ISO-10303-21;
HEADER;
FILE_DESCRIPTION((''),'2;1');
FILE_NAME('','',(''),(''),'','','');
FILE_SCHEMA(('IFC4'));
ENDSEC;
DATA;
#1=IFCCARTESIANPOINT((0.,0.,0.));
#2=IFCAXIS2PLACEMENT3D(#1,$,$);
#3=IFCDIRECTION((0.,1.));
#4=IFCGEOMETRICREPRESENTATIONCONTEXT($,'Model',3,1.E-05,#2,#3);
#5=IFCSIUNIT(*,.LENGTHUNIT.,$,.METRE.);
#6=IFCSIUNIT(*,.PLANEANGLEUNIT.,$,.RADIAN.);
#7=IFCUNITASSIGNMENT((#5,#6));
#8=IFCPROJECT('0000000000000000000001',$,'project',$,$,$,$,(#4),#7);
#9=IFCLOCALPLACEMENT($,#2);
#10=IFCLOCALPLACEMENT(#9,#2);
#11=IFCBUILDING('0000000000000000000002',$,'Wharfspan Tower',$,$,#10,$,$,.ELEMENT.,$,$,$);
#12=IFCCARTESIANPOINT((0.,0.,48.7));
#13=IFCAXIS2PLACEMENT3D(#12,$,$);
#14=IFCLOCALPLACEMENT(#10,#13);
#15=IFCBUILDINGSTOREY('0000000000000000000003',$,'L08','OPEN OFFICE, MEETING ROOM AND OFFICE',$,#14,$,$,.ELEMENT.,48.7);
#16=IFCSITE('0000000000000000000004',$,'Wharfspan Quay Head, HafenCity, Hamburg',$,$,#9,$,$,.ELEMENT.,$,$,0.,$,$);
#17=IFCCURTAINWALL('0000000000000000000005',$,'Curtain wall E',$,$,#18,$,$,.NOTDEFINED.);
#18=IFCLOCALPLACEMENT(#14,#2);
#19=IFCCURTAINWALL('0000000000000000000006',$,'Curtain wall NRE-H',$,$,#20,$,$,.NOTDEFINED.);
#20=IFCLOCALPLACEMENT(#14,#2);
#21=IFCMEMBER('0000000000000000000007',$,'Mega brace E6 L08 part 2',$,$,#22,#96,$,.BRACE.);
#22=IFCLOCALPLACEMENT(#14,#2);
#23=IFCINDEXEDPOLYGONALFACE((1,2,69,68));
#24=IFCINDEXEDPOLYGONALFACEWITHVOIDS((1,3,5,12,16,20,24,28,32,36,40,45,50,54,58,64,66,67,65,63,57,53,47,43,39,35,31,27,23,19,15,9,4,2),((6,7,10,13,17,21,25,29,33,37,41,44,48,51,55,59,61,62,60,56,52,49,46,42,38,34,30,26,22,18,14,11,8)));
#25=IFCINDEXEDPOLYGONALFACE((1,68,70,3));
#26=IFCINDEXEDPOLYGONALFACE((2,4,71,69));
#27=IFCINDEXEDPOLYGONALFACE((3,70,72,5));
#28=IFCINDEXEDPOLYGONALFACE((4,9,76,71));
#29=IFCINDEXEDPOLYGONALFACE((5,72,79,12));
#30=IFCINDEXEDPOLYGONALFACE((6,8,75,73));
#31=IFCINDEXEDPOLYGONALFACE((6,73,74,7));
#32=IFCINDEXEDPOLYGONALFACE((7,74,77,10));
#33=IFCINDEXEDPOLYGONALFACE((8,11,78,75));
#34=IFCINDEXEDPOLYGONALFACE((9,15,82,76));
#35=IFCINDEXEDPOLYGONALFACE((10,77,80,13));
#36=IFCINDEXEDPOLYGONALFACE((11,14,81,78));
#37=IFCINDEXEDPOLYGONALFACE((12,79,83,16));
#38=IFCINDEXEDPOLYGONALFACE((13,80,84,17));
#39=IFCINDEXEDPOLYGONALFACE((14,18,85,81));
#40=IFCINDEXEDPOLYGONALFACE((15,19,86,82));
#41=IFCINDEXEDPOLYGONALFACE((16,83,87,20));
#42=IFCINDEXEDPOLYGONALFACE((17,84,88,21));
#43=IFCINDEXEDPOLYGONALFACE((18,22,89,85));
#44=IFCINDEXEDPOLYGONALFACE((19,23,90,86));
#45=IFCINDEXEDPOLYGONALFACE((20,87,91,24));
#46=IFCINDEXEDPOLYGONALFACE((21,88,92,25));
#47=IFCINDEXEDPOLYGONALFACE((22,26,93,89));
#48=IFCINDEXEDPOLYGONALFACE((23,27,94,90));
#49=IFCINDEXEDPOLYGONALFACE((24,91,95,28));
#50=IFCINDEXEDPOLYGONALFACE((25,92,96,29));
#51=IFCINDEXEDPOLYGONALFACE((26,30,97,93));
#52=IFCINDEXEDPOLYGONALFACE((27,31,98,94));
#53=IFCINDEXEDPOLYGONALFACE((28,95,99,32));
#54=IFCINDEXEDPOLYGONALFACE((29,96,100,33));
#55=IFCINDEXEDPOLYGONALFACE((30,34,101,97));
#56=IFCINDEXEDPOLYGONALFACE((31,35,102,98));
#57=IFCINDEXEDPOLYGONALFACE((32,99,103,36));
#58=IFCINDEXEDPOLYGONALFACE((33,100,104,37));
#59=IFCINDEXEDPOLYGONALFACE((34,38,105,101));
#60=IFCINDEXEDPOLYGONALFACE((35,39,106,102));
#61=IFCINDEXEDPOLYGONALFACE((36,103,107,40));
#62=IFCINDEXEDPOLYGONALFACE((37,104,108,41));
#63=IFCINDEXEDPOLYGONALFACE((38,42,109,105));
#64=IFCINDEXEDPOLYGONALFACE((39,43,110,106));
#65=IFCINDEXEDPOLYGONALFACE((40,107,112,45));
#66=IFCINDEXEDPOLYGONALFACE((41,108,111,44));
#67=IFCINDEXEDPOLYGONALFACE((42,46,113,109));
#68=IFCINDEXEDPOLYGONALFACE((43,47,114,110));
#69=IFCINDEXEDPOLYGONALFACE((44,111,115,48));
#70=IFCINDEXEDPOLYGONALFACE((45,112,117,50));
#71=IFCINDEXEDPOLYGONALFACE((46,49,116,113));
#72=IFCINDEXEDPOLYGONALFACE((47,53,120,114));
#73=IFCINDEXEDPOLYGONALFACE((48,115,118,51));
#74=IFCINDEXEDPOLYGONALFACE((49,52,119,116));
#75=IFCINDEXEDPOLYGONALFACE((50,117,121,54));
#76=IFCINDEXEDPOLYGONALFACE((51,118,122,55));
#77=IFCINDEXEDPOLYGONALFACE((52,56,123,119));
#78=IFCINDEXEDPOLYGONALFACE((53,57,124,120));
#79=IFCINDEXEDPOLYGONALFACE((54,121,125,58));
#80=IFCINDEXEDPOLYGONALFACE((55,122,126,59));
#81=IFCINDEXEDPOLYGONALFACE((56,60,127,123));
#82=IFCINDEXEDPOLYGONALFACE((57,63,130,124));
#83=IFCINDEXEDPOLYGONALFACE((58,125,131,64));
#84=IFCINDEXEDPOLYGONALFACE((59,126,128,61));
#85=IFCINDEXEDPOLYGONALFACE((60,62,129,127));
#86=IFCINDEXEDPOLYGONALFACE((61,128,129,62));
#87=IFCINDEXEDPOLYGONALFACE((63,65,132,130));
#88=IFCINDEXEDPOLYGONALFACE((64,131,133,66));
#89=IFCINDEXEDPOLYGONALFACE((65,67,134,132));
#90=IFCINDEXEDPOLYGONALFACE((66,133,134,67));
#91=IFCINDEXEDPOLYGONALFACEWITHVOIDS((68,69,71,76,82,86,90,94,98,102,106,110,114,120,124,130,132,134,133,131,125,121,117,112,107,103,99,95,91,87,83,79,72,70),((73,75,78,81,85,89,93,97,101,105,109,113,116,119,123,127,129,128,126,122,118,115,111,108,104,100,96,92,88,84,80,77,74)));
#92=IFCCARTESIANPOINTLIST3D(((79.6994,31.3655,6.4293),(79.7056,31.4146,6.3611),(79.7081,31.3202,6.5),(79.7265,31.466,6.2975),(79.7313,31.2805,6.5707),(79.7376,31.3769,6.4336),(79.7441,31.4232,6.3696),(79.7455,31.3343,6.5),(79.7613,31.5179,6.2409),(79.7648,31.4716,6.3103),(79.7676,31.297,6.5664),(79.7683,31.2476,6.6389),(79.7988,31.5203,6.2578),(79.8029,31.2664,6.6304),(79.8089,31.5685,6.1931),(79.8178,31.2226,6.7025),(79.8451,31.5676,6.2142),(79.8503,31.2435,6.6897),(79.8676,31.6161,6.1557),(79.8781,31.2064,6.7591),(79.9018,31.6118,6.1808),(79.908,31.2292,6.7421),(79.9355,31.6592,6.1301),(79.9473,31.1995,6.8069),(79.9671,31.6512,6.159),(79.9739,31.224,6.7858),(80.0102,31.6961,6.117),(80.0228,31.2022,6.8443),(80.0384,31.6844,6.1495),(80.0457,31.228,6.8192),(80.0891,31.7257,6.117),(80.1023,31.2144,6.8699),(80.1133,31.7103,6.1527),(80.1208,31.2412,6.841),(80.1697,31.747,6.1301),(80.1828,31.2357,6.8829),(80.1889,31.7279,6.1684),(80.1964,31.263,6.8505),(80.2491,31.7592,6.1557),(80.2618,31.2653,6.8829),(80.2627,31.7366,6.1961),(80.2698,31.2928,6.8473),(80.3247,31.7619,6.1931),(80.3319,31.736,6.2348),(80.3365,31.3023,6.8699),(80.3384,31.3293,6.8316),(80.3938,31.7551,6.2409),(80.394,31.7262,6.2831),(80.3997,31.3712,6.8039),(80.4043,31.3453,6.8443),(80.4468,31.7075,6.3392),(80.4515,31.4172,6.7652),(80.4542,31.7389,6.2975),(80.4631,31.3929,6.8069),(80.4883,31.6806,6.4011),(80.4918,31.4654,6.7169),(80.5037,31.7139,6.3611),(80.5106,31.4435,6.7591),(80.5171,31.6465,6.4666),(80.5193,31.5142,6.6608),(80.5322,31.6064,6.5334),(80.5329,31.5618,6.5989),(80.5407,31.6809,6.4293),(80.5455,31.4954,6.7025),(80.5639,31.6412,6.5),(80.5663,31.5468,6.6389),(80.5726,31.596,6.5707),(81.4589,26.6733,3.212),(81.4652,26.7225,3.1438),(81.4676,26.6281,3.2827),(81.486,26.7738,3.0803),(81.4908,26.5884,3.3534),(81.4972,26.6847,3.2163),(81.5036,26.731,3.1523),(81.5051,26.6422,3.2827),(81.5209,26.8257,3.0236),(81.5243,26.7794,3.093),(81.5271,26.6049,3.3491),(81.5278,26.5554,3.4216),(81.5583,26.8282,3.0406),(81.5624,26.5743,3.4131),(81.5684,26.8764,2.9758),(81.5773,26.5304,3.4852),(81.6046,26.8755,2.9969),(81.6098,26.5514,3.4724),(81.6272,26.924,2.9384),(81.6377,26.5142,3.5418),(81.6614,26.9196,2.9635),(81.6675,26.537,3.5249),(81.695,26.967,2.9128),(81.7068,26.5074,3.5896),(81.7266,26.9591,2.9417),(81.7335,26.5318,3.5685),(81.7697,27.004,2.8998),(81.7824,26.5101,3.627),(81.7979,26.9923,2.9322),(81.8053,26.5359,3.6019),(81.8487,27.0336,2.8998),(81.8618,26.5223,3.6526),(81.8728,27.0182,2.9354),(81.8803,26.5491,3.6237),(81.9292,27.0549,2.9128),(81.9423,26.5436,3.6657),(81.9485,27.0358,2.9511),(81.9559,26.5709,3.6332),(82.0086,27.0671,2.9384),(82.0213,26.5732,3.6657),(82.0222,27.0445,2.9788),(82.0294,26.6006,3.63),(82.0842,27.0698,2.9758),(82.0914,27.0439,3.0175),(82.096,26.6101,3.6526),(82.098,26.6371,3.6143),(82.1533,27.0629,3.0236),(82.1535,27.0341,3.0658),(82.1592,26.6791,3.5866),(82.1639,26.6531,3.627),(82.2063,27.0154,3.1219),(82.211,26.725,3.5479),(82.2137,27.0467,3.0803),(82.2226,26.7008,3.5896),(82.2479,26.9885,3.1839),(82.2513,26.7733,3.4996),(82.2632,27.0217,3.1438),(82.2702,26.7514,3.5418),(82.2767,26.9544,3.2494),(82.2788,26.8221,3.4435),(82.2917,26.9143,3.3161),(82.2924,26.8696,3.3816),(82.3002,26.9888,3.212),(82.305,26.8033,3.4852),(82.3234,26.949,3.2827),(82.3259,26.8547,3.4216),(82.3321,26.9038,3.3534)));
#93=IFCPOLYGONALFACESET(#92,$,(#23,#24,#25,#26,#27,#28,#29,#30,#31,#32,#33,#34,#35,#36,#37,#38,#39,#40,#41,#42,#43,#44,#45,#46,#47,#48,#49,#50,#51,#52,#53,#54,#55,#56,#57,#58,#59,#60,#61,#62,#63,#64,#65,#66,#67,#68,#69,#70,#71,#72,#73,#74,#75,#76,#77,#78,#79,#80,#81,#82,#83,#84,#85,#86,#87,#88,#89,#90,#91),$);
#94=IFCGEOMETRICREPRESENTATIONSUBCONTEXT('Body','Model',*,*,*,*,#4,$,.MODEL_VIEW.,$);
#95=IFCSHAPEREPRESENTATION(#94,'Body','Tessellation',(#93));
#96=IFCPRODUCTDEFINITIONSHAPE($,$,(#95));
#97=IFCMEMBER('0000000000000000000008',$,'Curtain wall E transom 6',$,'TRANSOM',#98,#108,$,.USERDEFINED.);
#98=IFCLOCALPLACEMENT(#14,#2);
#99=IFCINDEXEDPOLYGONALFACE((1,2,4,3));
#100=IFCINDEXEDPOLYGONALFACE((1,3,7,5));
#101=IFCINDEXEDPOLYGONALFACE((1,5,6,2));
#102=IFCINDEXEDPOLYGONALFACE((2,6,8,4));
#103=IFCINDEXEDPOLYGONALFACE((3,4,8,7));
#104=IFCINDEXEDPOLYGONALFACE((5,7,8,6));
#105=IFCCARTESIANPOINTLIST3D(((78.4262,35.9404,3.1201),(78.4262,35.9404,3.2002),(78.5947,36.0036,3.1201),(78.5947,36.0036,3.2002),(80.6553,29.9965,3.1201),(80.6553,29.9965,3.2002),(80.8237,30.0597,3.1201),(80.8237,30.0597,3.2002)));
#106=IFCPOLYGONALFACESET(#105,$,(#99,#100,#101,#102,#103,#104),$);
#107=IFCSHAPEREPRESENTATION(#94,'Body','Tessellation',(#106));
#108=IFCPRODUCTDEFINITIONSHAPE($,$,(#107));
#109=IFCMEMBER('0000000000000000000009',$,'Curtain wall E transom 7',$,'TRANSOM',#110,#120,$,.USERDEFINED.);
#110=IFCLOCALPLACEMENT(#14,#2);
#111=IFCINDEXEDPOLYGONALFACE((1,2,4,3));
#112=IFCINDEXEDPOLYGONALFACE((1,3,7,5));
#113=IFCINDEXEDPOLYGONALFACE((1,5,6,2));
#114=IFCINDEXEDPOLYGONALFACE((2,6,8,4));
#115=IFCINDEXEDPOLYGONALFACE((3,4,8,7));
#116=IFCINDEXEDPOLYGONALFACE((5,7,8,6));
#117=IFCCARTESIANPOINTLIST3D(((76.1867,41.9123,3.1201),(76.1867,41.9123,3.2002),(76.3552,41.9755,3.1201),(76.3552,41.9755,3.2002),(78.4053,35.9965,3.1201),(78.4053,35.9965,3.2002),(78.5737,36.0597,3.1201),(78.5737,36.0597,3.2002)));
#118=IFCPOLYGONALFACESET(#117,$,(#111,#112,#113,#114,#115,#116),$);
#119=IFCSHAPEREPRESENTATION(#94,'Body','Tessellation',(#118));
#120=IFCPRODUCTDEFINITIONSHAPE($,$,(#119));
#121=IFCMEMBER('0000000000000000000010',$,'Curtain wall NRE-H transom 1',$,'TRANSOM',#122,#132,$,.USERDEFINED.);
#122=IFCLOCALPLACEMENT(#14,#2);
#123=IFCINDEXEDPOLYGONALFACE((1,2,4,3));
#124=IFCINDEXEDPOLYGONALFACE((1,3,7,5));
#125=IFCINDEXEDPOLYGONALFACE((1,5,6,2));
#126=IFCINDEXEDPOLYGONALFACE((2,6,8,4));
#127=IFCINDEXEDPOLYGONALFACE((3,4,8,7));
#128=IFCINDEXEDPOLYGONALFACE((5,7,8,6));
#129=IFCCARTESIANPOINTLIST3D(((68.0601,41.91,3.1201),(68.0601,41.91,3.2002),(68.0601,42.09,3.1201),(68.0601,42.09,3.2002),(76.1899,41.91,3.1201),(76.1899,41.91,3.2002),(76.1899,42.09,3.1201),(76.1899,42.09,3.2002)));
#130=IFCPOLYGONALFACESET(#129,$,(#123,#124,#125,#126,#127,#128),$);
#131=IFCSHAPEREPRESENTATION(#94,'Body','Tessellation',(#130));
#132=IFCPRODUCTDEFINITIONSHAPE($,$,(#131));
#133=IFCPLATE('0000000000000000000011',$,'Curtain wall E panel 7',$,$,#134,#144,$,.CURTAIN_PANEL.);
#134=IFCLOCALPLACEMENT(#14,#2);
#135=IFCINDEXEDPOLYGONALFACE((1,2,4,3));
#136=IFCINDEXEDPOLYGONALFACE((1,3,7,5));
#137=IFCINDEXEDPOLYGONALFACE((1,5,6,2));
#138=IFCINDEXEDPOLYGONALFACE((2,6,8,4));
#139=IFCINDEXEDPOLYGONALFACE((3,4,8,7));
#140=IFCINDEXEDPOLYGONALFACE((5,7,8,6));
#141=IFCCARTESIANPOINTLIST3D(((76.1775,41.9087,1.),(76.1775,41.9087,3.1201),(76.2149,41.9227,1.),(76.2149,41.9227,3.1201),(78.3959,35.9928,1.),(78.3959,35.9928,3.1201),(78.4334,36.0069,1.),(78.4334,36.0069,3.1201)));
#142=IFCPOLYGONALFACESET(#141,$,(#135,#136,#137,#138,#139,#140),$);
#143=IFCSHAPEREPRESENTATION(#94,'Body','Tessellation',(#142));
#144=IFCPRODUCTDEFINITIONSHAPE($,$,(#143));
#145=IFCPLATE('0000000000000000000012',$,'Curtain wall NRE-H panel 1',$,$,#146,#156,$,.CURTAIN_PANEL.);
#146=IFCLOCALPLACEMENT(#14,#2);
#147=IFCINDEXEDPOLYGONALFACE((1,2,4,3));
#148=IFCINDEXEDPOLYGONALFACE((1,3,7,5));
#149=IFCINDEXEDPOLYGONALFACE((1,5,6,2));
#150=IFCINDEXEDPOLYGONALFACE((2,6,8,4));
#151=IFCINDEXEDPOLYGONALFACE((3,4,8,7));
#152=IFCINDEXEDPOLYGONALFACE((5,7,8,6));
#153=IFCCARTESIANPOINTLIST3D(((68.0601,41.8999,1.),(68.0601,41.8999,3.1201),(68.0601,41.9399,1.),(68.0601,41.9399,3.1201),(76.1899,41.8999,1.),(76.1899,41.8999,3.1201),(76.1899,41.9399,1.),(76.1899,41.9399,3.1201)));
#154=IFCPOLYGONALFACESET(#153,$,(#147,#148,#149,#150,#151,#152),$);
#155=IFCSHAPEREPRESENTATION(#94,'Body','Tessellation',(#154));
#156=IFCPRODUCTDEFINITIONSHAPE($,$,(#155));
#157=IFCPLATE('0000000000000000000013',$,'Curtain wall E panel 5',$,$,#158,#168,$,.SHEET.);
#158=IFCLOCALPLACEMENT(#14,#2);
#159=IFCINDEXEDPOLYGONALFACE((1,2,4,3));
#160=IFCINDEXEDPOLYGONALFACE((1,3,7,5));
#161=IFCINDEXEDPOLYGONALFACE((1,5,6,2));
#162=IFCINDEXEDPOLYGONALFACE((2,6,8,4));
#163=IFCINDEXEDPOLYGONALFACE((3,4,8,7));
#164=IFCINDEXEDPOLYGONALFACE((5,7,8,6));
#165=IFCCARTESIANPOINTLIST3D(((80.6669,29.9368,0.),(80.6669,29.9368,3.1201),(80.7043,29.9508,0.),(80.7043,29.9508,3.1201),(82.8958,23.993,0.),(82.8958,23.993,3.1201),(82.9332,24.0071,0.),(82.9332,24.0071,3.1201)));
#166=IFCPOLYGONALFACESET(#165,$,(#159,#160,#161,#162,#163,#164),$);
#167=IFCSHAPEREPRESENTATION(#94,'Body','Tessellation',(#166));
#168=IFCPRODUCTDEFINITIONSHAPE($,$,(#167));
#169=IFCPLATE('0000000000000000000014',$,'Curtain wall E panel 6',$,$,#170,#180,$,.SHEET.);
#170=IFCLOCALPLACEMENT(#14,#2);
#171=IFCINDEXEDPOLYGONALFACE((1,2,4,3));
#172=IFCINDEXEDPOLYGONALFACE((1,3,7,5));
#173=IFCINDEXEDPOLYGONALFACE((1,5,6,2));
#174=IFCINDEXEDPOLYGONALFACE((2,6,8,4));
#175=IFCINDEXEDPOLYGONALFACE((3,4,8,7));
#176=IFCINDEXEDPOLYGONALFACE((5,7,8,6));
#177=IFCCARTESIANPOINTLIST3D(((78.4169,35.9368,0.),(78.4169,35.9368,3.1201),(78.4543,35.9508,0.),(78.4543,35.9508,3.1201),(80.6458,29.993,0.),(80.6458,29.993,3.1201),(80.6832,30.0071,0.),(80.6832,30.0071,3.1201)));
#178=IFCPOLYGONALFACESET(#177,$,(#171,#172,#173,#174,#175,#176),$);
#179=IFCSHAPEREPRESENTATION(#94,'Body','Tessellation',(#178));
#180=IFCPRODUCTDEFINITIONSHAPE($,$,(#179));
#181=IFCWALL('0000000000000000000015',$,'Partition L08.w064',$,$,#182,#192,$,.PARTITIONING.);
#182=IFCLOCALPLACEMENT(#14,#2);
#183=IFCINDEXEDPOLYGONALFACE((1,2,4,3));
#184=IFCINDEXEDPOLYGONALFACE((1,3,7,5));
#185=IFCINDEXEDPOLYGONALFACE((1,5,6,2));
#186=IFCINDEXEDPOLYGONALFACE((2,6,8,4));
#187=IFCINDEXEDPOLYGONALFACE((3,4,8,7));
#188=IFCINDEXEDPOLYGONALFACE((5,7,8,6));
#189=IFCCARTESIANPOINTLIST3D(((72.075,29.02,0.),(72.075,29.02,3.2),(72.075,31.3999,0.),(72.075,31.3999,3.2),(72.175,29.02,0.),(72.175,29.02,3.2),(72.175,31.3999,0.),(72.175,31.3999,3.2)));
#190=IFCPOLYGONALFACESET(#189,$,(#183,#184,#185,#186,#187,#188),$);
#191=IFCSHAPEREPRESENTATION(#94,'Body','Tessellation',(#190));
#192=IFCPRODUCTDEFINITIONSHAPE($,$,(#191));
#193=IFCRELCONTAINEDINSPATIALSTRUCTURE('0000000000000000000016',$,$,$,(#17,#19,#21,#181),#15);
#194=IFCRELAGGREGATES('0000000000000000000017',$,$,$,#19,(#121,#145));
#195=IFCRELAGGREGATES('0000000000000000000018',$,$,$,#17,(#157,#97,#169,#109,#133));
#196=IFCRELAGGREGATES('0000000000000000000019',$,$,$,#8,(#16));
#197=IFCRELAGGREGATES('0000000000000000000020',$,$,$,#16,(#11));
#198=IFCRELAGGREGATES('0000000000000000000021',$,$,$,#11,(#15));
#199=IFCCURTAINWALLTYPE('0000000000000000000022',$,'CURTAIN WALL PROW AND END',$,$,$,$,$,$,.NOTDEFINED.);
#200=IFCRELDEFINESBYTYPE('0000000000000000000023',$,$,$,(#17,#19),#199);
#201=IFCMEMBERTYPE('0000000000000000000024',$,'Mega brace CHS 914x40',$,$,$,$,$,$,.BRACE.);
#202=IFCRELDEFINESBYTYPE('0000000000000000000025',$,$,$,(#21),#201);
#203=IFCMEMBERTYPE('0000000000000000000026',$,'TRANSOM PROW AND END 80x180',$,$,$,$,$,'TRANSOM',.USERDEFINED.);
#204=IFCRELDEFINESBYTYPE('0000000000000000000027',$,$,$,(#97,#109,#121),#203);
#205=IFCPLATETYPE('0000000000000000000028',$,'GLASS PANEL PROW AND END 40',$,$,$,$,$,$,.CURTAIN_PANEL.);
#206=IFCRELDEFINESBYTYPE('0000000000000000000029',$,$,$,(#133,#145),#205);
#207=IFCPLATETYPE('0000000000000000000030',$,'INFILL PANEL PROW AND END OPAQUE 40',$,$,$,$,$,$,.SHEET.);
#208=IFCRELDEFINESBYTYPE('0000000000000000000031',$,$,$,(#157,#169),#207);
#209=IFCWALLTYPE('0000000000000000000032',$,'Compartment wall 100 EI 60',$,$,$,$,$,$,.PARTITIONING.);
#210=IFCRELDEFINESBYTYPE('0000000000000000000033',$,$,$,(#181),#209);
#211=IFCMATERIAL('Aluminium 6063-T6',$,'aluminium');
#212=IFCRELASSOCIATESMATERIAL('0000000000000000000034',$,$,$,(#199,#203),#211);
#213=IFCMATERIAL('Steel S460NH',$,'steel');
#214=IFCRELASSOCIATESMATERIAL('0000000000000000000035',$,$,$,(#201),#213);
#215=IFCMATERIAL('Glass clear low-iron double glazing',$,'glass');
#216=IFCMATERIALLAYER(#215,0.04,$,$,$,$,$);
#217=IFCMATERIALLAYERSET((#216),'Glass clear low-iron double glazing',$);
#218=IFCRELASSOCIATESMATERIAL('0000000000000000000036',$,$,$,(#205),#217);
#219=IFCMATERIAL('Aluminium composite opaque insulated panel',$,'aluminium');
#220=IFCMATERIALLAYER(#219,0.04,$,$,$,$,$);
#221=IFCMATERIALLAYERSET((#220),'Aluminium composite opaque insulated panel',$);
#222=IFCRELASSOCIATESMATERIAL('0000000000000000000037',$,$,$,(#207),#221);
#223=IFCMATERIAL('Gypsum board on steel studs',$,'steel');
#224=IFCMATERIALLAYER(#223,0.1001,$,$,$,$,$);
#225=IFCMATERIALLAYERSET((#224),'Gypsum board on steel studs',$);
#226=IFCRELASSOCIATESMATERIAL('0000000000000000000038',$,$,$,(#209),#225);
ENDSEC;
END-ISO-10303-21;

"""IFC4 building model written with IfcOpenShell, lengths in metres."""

from ifc_helpers import new_model, si_unit, direction, frame, frame_2d, origin, origin_2d, place, context, subcontext, project, spatial, rectangle, hollow_circle, extrude, material, layer, layer_set, material_profile, profile_set, type_object, element, aggregate, save


model = new_model("IFC4")

# Units and contexts
model_context = context("Model", 3, precision=1e-05, world=origin(), true_north=direction((0.0, 1.0)))
body_context = subcontext(model_context, "Body", "Model", "MODEL_VIEW")
ifc_project = project(units=[si_unit("LENGTHUNIT", "METRE"), si_unit("PLANEANGLEUNIT", "RADIAN")], contexts=[model_context])

# Site, building, storey
site_placement = place(None, origin())
site = spatial("IfcSite", under=ifc_project, at=site_placement, Name="Wharfspan Quay Head, HafenCity, Hamburg", CompositionType="ELEMENT", RefElevation=0.0)
building_placement = place(site_placement, origin())
building = spatial("IfcBuilding", under=site, at=building_placement, Name="Wharfspan Tower", CompositionType="ELEMENT")
storey_placement = place(building_placement, frame((0.0, 0.0, 48.7)))
storey = spatial("IfcBuildingStorey", under=building, at=storey_placement, Name="L08", Description="OPEN OFFICE, MEETING ROOM AND OFFICE", CompositionType="ELEMENT", Elevation=48.7)

# Curtain walls
ifc_material_1 = material(Name="Aluminium 6063-T6", Category="aluminium")
curtain_wall_type = type_object("IfcCurtainWallType", Name="CURTAIN WALL PROW AND END", PredefinedType="NOTDEFINED", material=ifc_material_1)
curtain_wall_1_placement = place(storey_placement, origin())
curtain_wall_1 = element("IfcCurtainWall", 1, at=curtain_wall_1_placement, inside=storey, type_object=curtain_wall_type, Name="Curtain wall E", PredefinedType="NOTDEFINED")
curtain_wall_2_placement = place(storey_placement, origin())
curtain_wall_2 = element("IfcCurtainWall", 2, at=curtain_wall_2_placement, inside=storey, type_object=curtain_wall_type, Name="Curtain wall NRE-H", PredefinedType="NOTDEFINED")

# Members
ifc_material_2 = material(Name="Steel S460NH", Category="steel")
ifc_material_profile_1 = material_profile(ifc_material_2, hollow_circle(Radius=0.457, WallThickness=0.04, at=origin_2d()))
ifc_profile_set_1 = profile_set([ifc_material_profile_1], Name="Steel S460NH")
member_type_1 = type_object("IfcMemberType", Name="Mega brace CHS 914x40", PredefinedType="BRACE", material=ifc_profile_set_1)
member_1_placement = place(storey_placement, frame((81.8955, 26.7886, 3.2827), z_axis=(-0.295466, 0.787922, 0.540259), x_axis=(-0.936329, -0.351115, -0.000004)))
element("IfcMember", 3, at=member_1_placement, inside=storey, type_object=member_type_1, Name="Mega brace E6 L08 part 2", PredefinedType="BRACE", context=body_context, shape_type="SweptSolid", body=[
    extrude(hollow_circle(Radius=0.457, WallThickness=0.04, at=origin_2d()), origin(), (0.0, 0.0, 1.0), 5.9551),
])
ifc_material_profile_2 = material_profile(ifc_material_1, rectangle(XDim=0.1799, YDim=0.0801, at=origin_2d()))
ifc_profile_set_2 = profile_set([ifc_material_profile_2], Name="Aluminium 6063-T6")
member_type_2 = type_object("IfcMemberType", Name="TRANSOM PROW AND END 80x180", ElementType="TRANSOM", PredefinedType="USERDEFINED", material=ifc_profile_set_2)
member_2_placement = place(storey_placement, frame((80.7395, 30.0281, 3.1602), z_axis=(-0.351132, 0.936326, 0.0), x_axis=(-0.936326, -0.351132, 0.0)))
member_2 = element("IfcMember", 4, at=member_2_placement, type_object=member_type_2, Name="Curtain wall E transom 6", ObjectType="TRANSOM", PredefinedType="USERDEFINED", context=body_context, shape_type="SweptSolid", body=[
    extrude(rectangle(XDim=0.1799, YDim=0.0801, at=origin_2d()), origin(), (0.0, 0.0, 1.0), 6.3481),
])
member_3_placement = place(storey_placement, frame((78.4895, 36.0281, 3.1602), z_axis=(-0.351136, 0.936324, 0.0), x_axis=(-0.936324, -0.351136, 0.0)))
member_3 = element("IfcMember", 5, at=member_3_placement, type_object=member_type_2, Name="Curtain wall E transom 7", ObjectType="TRANSOM", PredefinedType="USERDEFINED", context=body_context, shape_type="SweptSolid", body=[
    extrude(rectangle(XDim=0.1799, YDim=0.0801, at=origin_2d()), origin(), (0.0, 0.0, 1.0), 6.3181),
])
member_4_placement = place(storey_placement, frame((76.1899, 42.0, 3.1602), z_axis=(-1.0, 0.0, 0.0), x_axis=(0.0, -1.0, 0.0)))
member_4 = element("IfcMember", 6, at=member_4_placement, type_object=member_type_2, Name="Curtain wall NRE-H transom 1", ObjectType="TRANSOM", PredefinedType="USERDEFINED", context=body_context, shape_type="SweptSolid", body=[
    extrude(rectangle(XDim=0.1799, YDim=0.0801, at=origin_2d()), origin(), (0.0, 0.0, 1.0), 8.1299),
])

# Plates
ifc_material_3 = material(Name="Glass clear low-iron double glazing", Category="glass")
ifc_layer_1 = layer(ifc_material_3, 0.04)
ifc_layer_set_1 = layer_set([ifc_layer_1], Name="Glass clear low-iron double glazing")
plate_type_1 = type_object("IfcPlateType", Name="GLASS PANEL PROW AND END 40", PredefinedType="CURTAIN_PANEL", material=ifc_layer_set_1)
plate_1_placement = place(storey_placement, frame((77.3054, 38.9578, 1.0), z_axis=(0.0, 0.0, 1.0), x_axis=(-0.351123, 0.936328, 0.0)))
plate_1 = element("IfcPlate", 7, at=plate_1_placement, type_object=plate_type_1, Name="Curtain wall E panel 7", PredefinedType="CURTAIN_PANEL", context=body_context, shape_type="SweptSolid", body=[
    extrude(rectangle(XDim=6.3181, YDim=0.04, at=origin_2d()), origin(), (0.0, 0.0, 1.0), 2.1201),
])
plate_2_placement = place(storey_placement, frame((72.125, 41.9199, 1.0), z_axis=(0.0, 0.0, 1.0), x_axis=(-1.0, 0.0, 0.0)))
plate_2 = element("IfcPlate", 8, at=plate_2_placement, type_object=plate_type_1, Name="Curtain wall NRE-H panel 1", PredefinedType="CURTAIN_PANEL", context=body_context, shape_type="SweptSolid", body=[
    extrude(rectangle(XDim=8.1299, YDim=0.04, at=origin_2d()), origin(), (0.0, 0.0, 1.0), 2.1201),
])
aggregate(curtain_wall_2, [member_4, plate_2])
ifc_material_4 = material(Name="Aluminium composite opaque insulated panel", Category="aluminium")
ifc_layer_2 = layer(ifc_material_4, 0.04)
ifc_layer_set_2 = layer_set([ifc_layer_2], Name="Aluminium composite opaque insulated panel")
plate_type_2 = type_object("IfcPlateType", Name="INFILL PANEL PROW AND END OPAQUE 40", PredefinedType="SHEET", material=ifc_layer_set_2)
plate_3_placement = place(storey_placement, frame((81.8, 26.9719, 0.0), z_axis=(0.0, 0.0, 1.0), x_axis=(-0.351123, 0.936328, 0.0)))
plate_3 = element("IfcPlate", 9, at=plate_3_placement, type_object=plate_type_2, Name="Curtain wall E panel 5", PredefinedType="SHEET", context=body_context, shape_type="SweptSolid", body=[
    extrude(rectangle(XDim=6.3479, YDim=0.04, at=origin_2d()), origin(), (0.0, 0.0, 1.0), 3.1201),
])
plate_4_placement = place(storey_placement, frame((79.55, 32.9719, 0.0), z_axis=(0.0, 0.0, 1.0), x_axis=(-0.351123, 0.936328, 0.0)))
plate_4 = element("IfcPlate", 10, at=plate_4_placement, type_object=plate_type_2, Name="Curtain wall E panel 6", PredefinedType="SHEET", context=body_context, shape_type="SweptSolid", body=[
    extrude(rectangle(XDim=6.3479, YDim=0.04, at=origin_2d()), origin(), (0.0, 0.0, 1.0), 3.1201),
])
aggregate(curtain_wall_1, [plate_3, member_2, plate_4, member_3, plate_1])

# Wall
ifc_material_5 = material(Name="Gypsum board on steel studs", Category="steel")
ifc_layer_3 = layer(ifc_material_5, 0.1001)
ifc_layer_set_3 = layer_set([ifc_layer_3], Name="Gypsum board on steel studs")
wall_type_1 = type_object("IfcWallType", Name="Compartment wall 100 EI 60", PredefinedType="PARTITIONING", material=ifc_layer_set_3)
wall_1_placement = place(storey_placement, frame((72.125, 29.02, 0.0), z_axis=(0.0, 0.0, 1.0), x_axis=(0.0, 1.0, 0.0)))
element("IfcWall", 11, at=wall_1_placement, inside=storey, type_object=wall_type_1, Name="Partition L08.w064", PredefinedType="PARTITIONING", context=body_context, shape_type="SweptSolid", body=[
    extrude(rectangle(XDim=2.3799, YDim=0.1001, at=frame_2d((1.1899, 0.0))), origin(), (0.0, 0.0, 1.0), 3.2),
])

save(model, "model.ifc")
